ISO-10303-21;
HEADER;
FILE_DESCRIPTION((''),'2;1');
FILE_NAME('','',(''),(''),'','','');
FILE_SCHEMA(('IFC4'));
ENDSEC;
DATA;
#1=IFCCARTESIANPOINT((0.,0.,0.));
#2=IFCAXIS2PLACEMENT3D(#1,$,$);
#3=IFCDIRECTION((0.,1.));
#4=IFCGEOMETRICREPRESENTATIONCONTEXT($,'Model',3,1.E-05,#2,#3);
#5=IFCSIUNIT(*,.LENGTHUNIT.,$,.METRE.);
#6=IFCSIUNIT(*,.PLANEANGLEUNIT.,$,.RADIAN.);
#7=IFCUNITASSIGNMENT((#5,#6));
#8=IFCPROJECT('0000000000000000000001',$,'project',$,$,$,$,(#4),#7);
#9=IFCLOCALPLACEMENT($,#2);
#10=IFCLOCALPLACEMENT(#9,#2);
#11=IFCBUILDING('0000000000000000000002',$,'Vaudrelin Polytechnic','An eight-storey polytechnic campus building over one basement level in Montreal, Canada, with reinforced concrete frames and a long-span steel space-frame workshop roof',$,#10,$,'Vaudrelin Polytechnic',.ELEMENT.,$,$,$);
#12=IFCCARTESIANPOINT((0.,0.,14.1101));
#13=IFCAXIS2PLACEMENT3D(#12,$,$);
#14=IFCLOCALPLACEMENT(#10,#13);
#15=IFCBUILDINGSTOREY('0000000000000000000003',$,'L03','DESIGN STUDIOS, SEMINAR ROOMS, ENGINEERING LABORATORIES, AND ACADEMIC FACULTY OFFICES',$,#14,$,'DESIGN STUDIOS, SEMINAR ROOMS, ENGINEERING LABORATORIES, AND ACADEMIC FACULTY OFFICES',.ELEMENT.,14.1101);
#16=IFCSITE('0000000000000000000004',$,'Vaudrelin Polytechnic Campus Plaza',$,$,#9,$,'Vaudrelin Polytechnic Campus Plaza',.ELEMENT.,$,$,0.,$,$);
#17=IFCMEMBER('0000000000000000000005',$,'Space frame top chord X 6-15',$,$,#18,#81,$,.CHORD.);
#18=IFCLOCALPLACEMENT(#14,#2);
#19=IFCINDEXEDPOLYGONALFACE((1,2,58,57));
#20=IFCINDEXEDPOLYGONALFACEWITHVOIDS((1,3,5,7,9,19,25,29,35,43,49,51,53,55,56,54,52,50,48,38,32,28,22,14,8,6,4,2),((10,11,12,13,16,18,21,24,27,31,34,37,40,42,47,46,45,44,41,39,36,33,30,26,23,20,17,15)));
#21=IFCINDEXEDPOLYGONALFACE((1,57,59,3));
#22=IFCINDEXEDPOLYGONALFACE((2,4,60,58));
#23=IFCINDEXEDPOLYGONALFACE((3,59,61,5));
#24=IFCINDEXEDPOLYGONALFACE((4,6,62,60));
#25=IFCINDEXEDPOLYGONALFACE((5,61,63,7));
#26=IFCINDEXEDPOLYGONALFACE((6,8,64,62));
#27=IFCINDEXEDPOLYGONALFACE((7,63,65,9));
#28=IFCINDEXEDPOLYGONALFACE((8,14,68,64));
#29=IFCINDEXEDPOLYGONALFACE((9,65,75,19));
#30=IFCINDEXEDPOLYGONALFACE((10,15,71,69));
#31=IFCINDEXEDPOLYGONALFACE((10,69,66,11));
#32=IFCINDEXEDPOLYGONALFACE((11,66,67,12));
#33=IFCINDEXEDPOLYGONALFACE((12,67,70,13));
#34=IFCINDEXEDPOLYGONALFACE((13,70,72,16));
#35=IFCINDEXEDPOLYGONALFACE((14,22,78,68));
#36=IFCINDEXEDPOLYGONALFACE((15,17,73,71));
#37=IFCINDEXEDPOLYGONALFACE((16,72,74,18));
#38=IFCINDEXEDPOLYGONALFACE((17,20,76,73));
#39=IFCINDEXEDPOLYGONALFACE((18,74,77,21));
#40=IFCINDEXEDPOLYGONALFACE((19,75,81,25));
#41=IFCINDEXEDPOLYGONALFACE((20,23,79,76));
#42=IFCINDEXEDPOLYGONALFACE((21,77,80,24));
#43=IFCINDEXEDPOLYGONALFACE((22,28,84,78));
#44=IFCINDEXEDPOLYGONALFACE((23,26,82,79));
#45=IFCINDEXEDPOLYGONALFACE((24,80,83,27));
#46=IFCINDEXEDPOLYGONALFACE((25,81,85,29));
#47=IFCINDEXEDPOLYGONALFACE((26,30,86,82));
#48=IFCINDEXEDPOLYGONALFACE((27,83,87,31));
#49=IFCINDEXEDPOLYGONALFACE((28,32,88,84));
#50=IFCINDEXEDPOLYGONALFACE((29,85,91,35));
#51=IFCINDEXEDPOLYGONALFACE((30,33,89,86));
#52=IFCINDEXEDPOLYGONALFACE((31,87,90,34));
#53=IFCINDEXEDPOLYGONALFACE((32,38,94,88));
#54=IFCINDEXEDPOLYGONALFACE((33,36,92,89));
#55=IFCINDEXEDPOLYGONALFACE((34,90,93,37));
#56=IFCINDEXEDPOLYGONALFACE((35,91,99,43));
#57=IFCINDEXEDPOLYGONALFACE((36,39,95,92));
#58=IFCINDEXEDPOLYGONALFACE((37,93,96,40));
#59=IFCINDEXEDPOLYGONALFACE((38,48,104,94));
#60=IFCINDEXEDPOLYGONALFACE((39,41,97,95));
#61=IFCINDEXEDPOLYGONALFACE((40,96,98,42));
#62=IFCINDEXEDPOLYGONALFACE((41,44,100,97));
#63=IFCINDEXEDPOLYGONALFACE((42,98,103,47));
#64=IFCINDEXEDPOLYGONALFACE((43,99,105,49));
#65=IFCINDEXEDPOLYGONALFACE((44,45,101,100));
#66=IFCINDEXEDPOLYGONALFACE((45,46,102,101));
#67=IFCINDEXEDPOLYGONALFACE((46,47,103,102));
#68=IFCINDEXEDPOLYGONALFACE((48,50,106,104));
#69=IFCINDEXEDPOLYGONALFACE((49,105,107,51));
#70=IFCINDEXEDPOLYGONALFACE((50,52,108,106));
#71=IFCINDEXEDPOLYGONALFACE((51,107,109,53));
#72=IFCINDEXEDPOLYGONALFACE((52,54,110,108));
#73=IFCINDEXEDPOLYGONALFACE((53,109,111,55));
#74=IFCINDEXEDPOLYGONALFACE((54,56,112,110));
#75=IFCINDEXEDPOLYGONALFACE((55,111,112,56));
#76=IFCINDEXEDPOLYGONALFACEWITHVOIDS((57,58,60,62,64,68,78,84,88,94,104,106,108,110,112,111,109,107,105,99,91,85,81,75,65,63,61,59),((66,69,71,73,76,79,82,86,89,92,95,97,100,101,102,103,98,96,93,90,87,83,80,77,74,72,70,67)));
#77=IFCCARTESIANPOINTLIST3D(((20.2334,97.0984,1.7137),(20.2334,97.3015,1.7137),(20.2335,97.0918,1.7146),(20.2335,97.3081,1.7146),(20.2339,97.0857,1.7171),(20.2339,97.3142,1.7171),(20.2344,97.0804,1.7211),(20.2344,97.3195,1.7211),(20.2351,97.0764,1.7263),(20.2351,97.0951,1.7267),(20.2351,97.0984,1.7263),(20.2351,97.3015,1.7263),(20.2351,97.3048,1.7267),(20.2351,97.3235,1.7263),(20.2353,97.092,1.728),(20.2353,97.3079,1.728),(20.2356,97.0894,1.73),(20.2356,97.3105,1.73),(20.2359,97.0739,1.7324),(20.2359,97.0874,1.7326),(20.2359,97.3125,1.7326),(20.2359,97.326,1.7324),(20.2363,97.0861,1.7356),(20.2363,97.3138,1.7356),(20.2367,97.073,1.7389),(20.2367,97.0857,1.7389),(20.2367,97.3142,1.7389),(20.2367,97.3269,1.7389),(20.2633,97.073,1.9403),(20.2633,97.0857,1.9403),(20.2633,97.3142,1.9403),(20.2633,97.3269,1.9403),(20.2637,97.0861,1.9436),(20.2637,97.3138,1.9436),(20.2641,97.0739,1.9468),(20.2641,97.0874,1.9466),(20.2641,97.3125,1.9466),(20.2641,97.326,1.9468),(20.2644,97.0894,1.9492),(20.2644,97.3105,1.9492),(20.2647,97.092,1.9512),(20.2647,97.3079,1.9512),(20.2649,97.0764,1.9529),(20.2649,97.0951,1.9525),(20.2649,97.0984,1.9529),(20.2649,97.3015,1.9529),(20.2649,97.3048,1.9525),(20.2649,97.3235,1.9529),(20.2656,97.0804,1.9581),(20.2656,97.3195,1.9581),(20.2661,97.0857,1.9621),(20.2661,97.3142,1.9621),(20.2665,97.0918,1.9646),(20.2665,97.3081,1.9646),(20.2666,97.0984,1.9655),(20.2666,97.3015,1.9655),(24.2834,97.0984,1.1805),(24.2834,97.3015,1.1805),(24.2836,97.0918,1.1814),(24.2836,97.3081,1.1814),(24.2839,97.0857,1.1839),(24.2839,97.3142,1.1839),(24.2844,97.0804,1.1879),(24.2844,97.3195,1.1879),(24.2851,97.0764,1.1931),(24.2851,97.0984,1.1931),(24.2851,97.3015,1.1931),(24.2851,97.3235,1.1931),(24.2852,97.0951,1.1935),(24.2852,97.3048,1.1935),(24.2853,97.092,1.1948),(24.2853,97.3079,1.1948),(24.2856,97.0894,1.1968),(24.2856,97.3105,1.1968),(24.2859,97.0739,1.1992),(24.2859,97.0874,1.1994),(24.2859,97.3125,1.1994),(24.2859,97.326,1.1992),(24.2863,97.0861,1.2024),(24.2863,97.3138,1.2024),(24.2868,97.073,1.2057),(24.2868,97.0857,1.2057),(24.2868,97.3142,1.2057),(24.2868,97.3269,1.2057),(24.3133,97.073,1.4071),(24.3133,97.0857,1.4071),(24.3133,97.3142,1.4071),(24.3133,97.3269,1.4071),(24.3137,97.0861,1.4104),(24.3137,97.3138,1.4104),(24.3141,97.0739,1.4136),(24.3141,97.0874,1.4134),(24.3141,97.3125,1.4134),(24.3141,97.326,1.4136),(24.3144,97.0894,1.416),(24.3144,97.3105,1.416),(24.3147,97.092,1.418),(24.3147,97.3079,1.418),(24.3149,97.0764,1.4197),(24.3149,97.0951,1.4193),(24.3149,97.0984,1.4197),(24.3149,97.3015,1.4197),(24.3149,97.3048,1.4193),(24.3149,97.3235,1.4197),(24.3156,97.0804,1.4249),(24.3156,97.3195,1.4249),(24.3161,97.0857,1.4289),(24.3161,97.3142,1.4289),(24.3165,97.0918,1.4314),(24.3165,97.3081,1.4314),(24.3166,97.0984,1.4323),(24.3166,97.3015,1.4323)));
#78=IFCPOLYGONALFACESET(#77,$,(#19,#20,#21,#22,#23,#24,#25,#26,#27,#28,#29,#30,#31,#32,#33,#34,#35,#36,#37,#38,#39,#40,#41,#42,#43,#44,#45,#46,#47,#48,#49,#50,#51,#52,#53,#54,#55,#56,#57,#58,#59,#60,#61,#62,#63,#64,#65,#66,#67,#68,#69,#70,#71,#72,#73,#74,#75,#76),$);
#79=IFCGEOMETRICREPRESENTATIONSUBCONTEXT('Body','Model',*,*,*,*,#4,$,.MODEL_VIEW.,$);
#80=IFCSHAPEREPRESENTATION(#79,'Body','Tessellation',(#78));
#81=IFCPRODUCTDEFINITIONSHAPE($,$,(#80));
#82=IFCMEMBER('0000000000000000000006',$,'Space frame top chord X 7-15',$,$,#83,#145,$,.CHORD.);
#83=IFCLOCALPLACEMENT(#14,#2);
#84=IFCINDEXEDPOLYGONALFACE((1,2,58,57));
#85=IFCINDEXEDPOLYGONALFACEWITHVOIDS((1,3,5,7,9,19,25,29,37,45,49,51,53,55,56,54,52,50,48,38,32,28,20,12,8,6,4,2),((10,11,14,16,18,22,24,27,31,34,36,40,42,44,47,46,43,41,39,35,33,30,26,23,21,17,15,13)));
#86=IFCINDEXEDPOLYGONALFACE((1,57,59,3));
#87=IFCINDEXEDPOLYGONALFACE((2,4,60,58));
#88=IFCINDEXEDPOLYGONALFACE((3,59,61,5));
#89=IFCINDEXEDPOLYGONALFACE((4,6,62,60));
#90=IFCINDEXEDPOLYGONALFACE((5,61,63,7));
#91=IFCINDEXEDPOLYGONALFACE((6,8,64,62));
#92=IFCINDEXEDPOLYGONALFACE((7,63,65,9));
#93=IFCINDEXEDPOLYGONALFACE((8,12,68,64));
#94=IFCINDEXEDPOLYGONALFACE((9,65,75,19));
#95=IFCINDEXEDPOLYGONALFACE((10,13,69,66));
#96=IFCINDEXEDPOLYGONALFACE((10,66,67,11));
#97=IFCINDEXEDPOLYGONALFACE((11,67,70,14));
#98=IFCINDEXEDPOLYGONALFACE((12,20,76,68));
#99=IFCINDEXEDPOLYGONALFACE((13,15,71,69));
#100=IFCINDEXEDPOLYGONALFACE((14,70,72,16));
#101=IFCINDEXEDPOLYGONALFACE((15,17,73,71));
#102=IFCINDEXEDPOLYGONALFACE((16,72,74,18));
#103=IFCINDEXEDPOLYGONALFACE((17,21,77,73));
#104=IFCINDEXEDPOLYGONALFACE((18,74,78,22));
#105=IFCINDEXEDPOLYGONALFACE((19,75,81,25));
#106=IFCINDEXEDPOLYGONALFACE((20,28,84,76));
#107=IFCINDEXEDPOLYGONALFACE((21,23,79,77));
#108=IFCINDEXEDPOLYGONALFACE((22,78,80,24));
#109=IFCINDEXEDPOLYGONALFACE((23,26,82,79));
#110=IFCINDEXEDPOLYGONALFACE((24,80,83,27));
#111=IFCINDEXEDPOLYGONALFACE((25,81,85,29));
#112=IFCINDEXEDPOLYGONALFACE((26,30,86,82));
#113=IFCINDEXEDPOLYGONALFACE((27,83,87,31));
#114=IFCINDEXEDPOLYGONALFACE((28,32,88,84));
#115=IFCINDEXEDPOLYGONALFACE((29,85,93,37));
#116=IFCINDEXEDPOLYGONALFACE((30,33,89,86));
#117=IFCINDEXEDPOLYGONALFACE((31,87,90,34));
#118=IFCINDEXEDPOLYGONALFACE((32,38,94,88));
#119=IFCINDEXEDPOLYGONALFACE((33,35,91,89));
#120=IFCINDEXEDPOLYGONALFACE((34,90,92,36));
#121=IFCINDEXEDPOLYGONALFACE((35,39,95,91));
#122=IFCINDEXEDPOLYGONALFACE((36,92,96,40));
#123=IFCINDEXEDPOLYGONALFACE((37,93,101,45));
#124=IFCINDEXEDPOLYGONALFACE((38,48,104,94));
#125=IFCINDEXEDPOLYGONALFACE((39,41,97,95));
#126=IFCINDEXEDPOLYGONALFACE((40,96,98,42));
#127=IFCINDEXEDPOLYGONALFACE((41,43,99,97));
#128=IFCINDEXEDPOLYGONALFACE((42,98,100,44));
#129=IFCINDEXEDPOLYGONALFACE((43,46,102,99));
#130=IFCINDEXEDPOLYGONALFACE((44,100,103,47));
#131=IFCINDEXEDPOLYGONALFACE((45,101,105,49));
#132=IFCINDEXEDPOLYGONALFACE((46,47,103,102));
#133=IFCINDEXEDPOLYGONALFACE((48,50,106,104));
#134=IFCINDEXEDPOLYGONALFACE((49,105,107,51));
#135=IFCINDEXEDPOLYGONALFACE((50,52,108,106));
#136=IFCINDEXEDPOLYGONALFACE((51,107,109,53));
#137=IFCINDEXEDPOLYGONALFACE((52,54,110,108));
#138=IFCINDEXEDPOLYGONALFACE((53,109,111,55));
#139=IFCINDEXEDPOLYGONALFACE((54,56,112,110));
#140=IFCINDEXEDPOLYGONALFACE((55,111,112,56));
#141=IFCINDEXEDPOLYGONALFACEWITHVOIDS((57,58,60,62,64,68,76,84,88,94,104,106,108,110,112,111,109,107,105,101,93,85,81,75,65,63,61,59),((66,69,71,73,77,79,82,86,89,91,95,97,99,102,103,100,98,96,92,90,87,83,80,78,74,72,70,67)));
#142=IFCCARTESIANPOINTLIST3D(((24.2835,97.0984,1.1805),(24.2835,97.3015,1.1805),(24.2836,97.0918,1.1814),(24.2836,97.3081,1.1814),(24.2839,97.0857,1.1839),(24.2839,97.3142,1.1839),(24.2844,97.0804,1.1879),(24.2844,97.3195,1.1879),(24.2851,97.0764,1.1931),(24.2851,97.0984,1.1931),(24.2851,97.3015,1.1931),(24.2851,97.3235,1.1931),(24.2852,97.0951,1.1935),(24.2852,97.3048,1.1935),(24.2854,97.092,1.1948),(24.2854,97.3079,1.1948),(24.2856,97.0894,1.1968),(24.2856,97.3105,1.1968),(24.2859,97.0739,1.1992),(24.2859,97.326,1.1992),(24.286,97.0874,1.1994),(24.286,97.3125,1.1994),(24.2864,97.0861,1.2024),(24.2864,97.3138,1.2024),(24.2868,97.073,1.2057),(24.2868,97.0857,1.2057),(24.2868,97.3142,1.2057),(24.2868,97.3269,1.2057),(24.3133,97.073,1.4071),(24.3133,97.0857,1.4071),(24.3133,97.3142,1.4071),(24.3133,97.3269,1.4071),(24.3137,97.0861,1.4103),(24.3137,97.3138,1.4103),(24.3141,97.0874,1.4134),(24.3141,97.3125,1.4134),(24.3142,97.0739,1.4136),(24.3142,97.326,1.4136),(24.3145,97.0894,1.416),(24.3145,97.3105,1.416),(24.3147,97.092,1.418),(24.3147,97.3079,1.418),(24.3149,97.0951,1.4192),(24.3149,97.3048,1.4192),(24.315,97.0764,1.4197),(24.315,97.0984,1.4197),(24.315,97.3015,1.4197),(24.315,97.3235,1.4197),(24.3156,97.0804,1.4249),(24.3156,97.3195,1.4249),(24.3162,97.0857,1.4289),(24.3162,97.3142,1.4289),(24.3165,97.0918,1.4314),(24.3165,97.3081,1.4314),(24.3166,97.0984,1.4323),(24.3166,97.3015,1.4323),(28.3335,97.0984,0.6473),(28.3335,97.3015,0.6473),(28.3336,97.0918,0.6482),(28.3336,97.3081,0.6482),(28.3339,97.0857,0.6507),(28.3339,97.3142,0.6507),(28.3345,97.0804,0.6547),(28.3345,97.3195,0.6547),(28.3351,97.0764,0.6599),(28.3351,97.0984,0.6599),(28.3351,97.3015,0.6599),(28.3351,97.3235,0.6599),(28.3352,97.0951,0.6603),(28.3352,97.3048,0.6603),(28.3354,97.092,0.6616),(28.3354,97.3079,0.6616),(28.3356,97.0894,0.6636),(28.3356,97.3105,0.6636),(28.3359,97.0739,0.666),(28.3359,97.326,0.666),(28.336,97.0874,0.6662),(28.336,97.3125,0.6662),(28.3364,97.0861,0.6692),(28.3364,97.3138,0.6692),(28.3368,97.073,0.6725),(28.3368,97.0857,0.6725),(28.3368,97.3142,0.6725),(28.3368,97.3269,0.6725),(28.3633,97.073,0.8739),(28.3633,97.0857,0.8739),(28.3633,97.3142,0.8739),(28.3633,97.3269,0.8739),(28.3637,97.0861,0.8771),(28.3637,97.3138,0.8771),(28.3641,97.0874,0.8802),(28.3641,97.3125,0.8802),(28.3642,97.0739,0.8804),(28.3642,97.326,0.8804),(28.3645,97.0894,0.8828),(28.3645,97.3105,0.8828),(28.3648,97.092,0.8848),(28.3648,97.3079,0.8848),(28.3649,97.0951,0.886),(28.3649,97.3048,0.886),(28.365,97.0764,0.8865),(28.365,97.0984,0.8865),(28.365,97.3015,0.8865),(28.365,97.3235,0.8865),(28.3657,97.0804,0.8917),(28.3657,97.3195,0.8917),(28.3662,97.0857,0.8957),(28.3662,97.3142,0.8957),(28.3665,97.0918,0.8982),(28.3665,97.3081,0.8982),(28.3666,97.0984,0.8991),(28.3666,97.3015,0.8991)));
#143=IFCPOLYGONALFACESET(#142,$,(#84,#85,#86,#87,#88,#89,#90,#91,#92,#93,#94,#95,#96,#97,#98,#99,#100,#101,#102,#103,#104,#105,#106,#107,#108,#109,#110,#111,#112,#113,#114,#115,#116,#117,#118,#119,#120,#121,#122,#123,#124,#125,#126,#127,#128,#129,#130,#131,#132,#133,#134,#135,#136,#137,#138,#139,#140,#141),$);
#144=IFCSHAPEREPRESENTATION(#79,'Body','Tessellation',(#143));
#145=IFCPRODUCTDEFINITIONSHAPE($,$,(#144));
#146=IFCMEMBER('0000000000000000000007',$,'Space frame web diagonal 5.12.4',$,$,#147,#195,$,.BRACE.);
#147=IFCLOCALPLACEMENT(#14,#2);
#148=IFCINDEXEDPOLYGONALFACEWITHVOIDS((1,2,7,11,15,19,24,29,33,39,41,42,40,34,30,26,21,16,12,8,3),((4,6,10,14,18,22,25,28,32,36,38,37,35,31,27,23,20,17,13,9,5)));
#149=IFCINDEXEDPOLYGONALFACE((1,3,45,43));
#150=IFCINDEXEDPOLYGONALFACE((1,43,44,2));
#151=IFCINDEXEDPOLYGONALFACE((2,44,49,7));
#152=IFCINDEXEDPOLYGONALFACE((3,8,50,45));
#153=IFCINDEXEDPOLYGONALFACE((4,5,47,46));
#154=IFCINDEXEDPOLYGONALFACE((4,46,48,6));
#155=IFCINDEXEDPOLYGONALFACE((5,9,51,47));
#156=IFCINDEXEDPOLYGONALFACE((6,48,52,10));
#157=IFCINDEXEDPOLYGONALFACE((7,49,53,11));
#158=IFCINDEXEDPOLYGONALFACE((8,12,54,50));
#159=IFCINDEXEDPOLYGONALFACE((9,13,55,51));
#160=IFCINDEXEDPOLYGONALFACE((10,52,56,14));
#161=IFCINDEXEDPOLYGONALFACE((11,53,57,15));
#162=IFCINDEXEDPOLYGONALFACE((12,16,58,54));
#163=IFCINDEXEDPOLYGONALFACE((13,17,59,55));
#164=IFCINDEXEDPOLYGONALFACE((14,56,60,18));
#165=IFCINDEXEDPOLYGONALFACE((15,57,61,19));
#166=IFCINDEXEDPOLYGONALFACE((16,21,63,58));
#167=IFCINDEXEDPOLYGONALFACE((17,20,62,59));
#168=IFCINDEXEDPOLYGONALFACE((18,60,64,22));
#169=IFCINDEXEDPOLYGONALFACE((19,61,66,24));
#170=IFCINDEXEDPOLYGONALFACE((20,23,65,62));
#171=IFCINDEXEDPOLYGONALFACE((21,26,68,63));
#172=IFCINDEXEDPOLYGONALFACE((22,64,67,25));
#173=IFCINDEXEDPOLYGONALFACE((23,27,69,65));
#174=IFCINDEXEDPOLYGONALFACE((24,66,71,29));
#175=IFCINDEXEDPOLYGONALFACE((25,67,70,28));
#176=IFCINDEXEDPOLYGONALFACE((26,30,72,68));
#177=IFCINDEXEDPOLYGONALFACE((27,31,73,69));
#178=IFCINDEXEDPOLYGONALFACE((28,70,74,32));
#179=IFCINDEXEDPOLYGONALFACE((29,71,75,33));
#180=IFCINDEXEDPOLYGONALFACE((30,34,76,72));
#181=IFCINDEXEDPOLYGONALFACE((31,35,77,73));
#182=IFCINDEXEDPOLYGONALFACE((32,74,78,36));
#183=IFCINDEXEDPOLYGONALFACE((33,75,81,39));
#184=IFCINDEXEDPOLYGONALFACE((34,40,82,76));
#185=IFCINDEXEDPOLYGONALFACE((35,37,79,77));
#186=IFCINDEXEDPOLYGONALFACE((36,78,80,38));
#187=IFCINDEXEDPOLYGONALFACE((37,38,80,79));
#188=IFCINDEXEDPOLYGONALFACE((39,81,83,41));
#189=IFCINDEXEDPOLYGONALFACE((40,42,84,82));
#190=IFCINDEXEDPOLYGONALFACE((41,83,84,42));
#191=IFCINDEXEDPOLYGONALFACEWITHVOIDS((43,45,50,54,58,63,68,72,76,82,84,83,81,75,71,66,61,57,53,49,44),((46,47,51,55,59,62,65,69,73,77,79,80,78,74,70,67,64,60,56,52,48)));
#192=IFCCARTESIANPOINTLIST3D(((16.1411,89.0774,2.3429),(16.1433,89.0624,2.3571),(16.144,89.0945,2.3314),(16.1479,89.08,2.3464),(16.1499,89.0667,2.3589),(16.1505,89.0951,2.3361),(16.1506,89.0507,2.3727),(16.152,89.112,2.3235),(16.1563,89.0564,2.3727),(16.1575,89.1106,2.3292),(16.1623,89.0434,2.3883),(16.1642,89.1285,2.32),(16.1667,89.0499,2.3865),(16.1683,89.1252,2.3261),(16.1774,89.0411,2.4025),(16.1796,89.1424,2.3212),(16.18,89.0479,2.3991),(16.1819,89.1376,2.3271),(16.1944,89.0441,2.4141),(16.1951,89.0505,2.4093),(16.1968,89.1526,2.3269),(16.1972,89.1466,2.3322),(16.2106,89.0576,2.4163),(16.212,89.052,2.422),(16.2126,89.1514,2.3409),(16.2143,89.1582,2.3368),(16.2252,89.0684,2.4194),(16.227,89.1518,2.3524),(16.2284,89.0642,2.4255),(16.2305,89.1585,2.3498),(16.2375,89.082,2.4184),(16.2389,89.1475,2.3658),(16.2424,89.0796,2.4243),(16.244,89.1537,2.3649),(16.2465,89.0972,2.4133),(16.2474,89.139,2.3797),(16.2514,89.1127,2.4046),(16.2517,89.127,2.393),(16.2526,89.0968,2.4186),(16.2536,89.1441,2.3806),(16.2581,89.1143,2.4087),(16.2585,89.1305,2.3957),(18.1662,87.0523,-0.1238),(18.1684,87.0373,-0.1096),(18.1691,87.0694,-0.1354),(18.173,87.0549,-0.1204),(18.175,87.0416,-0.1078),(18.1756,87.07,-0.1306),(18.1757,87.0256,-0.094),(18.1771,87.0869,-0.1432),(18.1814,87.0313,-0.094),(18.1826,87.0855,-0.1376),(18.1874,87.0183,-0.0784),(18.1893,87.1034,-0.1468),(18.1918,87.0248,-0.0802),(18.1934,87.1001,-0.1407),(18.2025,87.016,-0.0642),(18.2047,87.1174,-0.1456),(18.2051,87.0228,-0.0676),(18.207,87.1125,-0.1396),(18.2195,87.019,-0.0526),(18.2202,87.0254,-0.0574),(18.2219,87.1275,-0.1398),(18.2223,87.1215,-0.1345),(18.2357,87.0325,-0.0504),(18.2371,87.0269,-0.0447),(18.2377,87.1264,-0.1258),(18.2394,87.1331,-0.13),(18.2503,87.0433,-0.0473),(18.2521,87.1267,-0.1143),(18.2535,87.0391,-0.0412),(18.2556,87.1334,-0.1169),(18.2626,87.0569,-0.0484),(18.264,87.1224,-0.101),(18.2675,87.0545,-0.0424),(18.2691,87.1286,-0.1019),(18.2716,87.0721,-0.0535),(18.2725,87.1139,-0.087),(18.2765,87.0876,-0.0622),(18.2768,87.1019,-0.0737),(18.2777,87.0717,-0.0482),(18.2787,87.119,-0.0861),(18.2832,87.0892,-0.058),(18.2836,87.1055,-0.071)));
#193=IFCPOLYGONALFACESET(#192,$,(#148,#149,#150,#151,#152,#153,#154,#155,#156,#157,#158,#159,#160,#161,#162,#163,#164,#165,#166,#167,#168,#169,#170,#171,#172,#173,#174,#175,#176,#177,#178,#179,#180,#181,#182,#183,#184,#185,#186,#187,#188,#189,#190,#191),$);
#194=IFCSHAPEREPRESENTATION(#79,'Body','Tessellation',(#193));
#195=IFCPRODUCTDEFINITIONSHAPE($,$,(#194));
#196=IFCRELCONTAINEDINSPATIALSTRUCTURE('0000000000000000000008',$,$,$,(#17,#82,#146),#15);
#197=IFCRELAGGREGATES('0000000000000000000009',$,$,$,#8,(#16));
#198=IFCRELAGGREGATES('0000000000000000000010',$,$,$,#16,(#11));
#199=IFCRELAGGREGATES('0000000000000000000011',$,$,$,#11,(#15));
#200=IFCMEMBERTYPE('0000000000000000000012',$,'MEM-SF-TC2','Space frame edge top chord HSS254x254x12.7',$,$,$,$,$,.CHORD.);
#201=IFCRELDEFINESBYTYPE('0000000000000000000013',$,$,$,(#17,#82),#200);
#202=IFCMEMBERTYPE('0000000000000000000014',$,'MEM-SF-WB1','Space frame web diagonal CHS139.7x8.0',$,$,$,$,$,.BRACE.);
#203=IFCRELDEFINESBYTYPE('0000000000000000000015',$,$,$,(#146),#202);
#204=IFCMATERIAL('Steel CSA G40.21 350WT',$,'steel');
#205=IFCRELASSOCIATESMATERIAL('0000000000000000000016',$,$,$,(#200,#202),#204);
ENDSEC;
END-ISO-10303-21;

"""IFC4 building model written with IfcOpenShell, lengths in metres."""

from ifc_helpers import new_model, si_unit, direction, frame, origin, origin_2d, place, context, subcontext, project, spatial, hollow_rectangle, hollow_circle, extrude, material, material_profile, profile_set, type_object, element, save


model = new_model("IFC4")

# Units and contexts
model_context = context("Model", 3, precision=1e-05, world=origin(), true_north=direction((0.0, 1.0)))
body_context = subcontext(model_context, "Body", "Model", "MODEL_VIEW")
ifc_project = project(units=[si_unit("LENGTHUNIT", "METRE"), si_unit("PLANEANGLEUNIT", "RADIAN")], contexts=[model_context])

# Site, building, storey
site_placement = place(None, origin())
site = spatial("IfcSite", under=ifc_project, at=site_placement, Name="Vaudrelin Polytechnic Campus Plaza", LongName="Vaudrelin Polytechnic Campus Plaza", CompositionType="ELEMENT", RefElevation=0.0)
building_placement = place(site_placement, origin())
building = spatial("IfcBuilding", under=site, at=building_placement, Name="Vaudrelin Polytechnic", Description="An eight-storey polytechnic campus building over one basement level in Montreal, Canada, with reinforced concrete frames and a long-span steel space-frame workshop roof", LongName="Vaudrelin Polytechnic", CompositionType="ELEMENT")
storey_placement = place(building_placement, frame((0.0, 0.0, 14.1101)))
storey = spatial("IfcBuildingStorey", under=building, at=storey_placement, Name="L03", Description="DESIGN STUDIOS, SEMINAR ROOMS, ENGINEERING LABORATORIES, AND ACADEMIC FACULTY OFFICES", LongName="DESIGN STUDIOS, SEMINAR ROOMS, ENGINEERING LABORATORIES, AND ACADEMIC FACULTY OFFICES", CompositionType="ELEMENT", Elevation=14.1101)

# Shared definitions
ifc_material_1 = material(Name="Steel CSA G40.21 350WT", Category="steel")

# Members
ifc_material_profile_1 = material_profile(ifc_material_1, hollow_rectangle(XDim=0.2539, YDim=0.2539, WallThickness=0.0127, InnerFilletRadius=0.0127, OuterFilletRadius=0.0254, at=origin_2d()), Name="HSS254x254x12.7")
ifc_profile_set_1 = profile_set([ifc_material_profile_1], Name="Steel CSA G40.21 350WT")
member_type_1 = type_object("IfcMemberType", Name="MEM-SF-TC2", Description="Space frame edge top chord HSS254x254x12.7", PredefinedType="CHORD", material=ifc_profile_set_1)
for number, where, z_axis, x_axis, name in (
    (1, (20.25, 97.2, 1.8396), (0.991445, 0.0, -0.130527), (0.0, 1.0, 0.0), "Space frame top chord X 6-15"),
    (2, (24.3, 97.2, 1.3064), (0.991445, 0.0, -0.130527), (0.0, 1.0, 0.0), "Space frame top chord X 7-15"),
):
    element("IfcMember", number, at=place(storey_placement, frame(where, z_axis=z_axis, x_axis=x_axis)), inside=storey, type_object=member_type_1, Name=name, PredefinedType="CHORD", context=body_context, shape_type="SweptSolid", body=[
        extrude(hollow_rectangle(XDim=0.2539, YDim=0.2539, WallThickness=0.0127, InnerFilletRadius=0.0127, OuterFilletRadius=0.0254, at=origin_2d()), origin(), (0.0, 0.0, 1.0), 4.085),
    ])
ifc_material_profile_2 = material_profile(ifc_material_1, hollow_circle(Radius=0.0698, WallThickness=0.0081, at=origin_2d()), Name="CHS139.7x8.0")
ifc_profile_set_2 = profile_set([ifc_material_profile_2], Name="Steel CSA G40.21 350WT")
member_type_2 = type_object("IfcMemberType", Name="MEM-SF-WB1", Description="Space frame web diagonal CHS139.7x8.0", PredefinedType="BRACE", material=ifc_profile_set_2)
for number, where, z_axis, x_axis, name in (
    (3, (18.2251, 87.075, -0.094), (-0.535769, 0.535769, 0.652612), (-0.707107, -0.707107, 0.0), "Space frame web diagonal 5.12.4"),
):
    element("IfcMember", number, at=place(storey_placement, frame(where, z_axis=z_axis, x_axis=x_axis)), inside=storey, type_object=member_type_2, Name=name, PredefinedType="BRACE", context=body_context, shape_type="SweptSolid", body=[
        extrude(hollow_circle(Radius=0.0698, WallThickness=0.0081, at=origin_2d()), origin(), (0.0, 0.0, 1.0), 3.7798),
    ])

save(model, "model.ifc")
